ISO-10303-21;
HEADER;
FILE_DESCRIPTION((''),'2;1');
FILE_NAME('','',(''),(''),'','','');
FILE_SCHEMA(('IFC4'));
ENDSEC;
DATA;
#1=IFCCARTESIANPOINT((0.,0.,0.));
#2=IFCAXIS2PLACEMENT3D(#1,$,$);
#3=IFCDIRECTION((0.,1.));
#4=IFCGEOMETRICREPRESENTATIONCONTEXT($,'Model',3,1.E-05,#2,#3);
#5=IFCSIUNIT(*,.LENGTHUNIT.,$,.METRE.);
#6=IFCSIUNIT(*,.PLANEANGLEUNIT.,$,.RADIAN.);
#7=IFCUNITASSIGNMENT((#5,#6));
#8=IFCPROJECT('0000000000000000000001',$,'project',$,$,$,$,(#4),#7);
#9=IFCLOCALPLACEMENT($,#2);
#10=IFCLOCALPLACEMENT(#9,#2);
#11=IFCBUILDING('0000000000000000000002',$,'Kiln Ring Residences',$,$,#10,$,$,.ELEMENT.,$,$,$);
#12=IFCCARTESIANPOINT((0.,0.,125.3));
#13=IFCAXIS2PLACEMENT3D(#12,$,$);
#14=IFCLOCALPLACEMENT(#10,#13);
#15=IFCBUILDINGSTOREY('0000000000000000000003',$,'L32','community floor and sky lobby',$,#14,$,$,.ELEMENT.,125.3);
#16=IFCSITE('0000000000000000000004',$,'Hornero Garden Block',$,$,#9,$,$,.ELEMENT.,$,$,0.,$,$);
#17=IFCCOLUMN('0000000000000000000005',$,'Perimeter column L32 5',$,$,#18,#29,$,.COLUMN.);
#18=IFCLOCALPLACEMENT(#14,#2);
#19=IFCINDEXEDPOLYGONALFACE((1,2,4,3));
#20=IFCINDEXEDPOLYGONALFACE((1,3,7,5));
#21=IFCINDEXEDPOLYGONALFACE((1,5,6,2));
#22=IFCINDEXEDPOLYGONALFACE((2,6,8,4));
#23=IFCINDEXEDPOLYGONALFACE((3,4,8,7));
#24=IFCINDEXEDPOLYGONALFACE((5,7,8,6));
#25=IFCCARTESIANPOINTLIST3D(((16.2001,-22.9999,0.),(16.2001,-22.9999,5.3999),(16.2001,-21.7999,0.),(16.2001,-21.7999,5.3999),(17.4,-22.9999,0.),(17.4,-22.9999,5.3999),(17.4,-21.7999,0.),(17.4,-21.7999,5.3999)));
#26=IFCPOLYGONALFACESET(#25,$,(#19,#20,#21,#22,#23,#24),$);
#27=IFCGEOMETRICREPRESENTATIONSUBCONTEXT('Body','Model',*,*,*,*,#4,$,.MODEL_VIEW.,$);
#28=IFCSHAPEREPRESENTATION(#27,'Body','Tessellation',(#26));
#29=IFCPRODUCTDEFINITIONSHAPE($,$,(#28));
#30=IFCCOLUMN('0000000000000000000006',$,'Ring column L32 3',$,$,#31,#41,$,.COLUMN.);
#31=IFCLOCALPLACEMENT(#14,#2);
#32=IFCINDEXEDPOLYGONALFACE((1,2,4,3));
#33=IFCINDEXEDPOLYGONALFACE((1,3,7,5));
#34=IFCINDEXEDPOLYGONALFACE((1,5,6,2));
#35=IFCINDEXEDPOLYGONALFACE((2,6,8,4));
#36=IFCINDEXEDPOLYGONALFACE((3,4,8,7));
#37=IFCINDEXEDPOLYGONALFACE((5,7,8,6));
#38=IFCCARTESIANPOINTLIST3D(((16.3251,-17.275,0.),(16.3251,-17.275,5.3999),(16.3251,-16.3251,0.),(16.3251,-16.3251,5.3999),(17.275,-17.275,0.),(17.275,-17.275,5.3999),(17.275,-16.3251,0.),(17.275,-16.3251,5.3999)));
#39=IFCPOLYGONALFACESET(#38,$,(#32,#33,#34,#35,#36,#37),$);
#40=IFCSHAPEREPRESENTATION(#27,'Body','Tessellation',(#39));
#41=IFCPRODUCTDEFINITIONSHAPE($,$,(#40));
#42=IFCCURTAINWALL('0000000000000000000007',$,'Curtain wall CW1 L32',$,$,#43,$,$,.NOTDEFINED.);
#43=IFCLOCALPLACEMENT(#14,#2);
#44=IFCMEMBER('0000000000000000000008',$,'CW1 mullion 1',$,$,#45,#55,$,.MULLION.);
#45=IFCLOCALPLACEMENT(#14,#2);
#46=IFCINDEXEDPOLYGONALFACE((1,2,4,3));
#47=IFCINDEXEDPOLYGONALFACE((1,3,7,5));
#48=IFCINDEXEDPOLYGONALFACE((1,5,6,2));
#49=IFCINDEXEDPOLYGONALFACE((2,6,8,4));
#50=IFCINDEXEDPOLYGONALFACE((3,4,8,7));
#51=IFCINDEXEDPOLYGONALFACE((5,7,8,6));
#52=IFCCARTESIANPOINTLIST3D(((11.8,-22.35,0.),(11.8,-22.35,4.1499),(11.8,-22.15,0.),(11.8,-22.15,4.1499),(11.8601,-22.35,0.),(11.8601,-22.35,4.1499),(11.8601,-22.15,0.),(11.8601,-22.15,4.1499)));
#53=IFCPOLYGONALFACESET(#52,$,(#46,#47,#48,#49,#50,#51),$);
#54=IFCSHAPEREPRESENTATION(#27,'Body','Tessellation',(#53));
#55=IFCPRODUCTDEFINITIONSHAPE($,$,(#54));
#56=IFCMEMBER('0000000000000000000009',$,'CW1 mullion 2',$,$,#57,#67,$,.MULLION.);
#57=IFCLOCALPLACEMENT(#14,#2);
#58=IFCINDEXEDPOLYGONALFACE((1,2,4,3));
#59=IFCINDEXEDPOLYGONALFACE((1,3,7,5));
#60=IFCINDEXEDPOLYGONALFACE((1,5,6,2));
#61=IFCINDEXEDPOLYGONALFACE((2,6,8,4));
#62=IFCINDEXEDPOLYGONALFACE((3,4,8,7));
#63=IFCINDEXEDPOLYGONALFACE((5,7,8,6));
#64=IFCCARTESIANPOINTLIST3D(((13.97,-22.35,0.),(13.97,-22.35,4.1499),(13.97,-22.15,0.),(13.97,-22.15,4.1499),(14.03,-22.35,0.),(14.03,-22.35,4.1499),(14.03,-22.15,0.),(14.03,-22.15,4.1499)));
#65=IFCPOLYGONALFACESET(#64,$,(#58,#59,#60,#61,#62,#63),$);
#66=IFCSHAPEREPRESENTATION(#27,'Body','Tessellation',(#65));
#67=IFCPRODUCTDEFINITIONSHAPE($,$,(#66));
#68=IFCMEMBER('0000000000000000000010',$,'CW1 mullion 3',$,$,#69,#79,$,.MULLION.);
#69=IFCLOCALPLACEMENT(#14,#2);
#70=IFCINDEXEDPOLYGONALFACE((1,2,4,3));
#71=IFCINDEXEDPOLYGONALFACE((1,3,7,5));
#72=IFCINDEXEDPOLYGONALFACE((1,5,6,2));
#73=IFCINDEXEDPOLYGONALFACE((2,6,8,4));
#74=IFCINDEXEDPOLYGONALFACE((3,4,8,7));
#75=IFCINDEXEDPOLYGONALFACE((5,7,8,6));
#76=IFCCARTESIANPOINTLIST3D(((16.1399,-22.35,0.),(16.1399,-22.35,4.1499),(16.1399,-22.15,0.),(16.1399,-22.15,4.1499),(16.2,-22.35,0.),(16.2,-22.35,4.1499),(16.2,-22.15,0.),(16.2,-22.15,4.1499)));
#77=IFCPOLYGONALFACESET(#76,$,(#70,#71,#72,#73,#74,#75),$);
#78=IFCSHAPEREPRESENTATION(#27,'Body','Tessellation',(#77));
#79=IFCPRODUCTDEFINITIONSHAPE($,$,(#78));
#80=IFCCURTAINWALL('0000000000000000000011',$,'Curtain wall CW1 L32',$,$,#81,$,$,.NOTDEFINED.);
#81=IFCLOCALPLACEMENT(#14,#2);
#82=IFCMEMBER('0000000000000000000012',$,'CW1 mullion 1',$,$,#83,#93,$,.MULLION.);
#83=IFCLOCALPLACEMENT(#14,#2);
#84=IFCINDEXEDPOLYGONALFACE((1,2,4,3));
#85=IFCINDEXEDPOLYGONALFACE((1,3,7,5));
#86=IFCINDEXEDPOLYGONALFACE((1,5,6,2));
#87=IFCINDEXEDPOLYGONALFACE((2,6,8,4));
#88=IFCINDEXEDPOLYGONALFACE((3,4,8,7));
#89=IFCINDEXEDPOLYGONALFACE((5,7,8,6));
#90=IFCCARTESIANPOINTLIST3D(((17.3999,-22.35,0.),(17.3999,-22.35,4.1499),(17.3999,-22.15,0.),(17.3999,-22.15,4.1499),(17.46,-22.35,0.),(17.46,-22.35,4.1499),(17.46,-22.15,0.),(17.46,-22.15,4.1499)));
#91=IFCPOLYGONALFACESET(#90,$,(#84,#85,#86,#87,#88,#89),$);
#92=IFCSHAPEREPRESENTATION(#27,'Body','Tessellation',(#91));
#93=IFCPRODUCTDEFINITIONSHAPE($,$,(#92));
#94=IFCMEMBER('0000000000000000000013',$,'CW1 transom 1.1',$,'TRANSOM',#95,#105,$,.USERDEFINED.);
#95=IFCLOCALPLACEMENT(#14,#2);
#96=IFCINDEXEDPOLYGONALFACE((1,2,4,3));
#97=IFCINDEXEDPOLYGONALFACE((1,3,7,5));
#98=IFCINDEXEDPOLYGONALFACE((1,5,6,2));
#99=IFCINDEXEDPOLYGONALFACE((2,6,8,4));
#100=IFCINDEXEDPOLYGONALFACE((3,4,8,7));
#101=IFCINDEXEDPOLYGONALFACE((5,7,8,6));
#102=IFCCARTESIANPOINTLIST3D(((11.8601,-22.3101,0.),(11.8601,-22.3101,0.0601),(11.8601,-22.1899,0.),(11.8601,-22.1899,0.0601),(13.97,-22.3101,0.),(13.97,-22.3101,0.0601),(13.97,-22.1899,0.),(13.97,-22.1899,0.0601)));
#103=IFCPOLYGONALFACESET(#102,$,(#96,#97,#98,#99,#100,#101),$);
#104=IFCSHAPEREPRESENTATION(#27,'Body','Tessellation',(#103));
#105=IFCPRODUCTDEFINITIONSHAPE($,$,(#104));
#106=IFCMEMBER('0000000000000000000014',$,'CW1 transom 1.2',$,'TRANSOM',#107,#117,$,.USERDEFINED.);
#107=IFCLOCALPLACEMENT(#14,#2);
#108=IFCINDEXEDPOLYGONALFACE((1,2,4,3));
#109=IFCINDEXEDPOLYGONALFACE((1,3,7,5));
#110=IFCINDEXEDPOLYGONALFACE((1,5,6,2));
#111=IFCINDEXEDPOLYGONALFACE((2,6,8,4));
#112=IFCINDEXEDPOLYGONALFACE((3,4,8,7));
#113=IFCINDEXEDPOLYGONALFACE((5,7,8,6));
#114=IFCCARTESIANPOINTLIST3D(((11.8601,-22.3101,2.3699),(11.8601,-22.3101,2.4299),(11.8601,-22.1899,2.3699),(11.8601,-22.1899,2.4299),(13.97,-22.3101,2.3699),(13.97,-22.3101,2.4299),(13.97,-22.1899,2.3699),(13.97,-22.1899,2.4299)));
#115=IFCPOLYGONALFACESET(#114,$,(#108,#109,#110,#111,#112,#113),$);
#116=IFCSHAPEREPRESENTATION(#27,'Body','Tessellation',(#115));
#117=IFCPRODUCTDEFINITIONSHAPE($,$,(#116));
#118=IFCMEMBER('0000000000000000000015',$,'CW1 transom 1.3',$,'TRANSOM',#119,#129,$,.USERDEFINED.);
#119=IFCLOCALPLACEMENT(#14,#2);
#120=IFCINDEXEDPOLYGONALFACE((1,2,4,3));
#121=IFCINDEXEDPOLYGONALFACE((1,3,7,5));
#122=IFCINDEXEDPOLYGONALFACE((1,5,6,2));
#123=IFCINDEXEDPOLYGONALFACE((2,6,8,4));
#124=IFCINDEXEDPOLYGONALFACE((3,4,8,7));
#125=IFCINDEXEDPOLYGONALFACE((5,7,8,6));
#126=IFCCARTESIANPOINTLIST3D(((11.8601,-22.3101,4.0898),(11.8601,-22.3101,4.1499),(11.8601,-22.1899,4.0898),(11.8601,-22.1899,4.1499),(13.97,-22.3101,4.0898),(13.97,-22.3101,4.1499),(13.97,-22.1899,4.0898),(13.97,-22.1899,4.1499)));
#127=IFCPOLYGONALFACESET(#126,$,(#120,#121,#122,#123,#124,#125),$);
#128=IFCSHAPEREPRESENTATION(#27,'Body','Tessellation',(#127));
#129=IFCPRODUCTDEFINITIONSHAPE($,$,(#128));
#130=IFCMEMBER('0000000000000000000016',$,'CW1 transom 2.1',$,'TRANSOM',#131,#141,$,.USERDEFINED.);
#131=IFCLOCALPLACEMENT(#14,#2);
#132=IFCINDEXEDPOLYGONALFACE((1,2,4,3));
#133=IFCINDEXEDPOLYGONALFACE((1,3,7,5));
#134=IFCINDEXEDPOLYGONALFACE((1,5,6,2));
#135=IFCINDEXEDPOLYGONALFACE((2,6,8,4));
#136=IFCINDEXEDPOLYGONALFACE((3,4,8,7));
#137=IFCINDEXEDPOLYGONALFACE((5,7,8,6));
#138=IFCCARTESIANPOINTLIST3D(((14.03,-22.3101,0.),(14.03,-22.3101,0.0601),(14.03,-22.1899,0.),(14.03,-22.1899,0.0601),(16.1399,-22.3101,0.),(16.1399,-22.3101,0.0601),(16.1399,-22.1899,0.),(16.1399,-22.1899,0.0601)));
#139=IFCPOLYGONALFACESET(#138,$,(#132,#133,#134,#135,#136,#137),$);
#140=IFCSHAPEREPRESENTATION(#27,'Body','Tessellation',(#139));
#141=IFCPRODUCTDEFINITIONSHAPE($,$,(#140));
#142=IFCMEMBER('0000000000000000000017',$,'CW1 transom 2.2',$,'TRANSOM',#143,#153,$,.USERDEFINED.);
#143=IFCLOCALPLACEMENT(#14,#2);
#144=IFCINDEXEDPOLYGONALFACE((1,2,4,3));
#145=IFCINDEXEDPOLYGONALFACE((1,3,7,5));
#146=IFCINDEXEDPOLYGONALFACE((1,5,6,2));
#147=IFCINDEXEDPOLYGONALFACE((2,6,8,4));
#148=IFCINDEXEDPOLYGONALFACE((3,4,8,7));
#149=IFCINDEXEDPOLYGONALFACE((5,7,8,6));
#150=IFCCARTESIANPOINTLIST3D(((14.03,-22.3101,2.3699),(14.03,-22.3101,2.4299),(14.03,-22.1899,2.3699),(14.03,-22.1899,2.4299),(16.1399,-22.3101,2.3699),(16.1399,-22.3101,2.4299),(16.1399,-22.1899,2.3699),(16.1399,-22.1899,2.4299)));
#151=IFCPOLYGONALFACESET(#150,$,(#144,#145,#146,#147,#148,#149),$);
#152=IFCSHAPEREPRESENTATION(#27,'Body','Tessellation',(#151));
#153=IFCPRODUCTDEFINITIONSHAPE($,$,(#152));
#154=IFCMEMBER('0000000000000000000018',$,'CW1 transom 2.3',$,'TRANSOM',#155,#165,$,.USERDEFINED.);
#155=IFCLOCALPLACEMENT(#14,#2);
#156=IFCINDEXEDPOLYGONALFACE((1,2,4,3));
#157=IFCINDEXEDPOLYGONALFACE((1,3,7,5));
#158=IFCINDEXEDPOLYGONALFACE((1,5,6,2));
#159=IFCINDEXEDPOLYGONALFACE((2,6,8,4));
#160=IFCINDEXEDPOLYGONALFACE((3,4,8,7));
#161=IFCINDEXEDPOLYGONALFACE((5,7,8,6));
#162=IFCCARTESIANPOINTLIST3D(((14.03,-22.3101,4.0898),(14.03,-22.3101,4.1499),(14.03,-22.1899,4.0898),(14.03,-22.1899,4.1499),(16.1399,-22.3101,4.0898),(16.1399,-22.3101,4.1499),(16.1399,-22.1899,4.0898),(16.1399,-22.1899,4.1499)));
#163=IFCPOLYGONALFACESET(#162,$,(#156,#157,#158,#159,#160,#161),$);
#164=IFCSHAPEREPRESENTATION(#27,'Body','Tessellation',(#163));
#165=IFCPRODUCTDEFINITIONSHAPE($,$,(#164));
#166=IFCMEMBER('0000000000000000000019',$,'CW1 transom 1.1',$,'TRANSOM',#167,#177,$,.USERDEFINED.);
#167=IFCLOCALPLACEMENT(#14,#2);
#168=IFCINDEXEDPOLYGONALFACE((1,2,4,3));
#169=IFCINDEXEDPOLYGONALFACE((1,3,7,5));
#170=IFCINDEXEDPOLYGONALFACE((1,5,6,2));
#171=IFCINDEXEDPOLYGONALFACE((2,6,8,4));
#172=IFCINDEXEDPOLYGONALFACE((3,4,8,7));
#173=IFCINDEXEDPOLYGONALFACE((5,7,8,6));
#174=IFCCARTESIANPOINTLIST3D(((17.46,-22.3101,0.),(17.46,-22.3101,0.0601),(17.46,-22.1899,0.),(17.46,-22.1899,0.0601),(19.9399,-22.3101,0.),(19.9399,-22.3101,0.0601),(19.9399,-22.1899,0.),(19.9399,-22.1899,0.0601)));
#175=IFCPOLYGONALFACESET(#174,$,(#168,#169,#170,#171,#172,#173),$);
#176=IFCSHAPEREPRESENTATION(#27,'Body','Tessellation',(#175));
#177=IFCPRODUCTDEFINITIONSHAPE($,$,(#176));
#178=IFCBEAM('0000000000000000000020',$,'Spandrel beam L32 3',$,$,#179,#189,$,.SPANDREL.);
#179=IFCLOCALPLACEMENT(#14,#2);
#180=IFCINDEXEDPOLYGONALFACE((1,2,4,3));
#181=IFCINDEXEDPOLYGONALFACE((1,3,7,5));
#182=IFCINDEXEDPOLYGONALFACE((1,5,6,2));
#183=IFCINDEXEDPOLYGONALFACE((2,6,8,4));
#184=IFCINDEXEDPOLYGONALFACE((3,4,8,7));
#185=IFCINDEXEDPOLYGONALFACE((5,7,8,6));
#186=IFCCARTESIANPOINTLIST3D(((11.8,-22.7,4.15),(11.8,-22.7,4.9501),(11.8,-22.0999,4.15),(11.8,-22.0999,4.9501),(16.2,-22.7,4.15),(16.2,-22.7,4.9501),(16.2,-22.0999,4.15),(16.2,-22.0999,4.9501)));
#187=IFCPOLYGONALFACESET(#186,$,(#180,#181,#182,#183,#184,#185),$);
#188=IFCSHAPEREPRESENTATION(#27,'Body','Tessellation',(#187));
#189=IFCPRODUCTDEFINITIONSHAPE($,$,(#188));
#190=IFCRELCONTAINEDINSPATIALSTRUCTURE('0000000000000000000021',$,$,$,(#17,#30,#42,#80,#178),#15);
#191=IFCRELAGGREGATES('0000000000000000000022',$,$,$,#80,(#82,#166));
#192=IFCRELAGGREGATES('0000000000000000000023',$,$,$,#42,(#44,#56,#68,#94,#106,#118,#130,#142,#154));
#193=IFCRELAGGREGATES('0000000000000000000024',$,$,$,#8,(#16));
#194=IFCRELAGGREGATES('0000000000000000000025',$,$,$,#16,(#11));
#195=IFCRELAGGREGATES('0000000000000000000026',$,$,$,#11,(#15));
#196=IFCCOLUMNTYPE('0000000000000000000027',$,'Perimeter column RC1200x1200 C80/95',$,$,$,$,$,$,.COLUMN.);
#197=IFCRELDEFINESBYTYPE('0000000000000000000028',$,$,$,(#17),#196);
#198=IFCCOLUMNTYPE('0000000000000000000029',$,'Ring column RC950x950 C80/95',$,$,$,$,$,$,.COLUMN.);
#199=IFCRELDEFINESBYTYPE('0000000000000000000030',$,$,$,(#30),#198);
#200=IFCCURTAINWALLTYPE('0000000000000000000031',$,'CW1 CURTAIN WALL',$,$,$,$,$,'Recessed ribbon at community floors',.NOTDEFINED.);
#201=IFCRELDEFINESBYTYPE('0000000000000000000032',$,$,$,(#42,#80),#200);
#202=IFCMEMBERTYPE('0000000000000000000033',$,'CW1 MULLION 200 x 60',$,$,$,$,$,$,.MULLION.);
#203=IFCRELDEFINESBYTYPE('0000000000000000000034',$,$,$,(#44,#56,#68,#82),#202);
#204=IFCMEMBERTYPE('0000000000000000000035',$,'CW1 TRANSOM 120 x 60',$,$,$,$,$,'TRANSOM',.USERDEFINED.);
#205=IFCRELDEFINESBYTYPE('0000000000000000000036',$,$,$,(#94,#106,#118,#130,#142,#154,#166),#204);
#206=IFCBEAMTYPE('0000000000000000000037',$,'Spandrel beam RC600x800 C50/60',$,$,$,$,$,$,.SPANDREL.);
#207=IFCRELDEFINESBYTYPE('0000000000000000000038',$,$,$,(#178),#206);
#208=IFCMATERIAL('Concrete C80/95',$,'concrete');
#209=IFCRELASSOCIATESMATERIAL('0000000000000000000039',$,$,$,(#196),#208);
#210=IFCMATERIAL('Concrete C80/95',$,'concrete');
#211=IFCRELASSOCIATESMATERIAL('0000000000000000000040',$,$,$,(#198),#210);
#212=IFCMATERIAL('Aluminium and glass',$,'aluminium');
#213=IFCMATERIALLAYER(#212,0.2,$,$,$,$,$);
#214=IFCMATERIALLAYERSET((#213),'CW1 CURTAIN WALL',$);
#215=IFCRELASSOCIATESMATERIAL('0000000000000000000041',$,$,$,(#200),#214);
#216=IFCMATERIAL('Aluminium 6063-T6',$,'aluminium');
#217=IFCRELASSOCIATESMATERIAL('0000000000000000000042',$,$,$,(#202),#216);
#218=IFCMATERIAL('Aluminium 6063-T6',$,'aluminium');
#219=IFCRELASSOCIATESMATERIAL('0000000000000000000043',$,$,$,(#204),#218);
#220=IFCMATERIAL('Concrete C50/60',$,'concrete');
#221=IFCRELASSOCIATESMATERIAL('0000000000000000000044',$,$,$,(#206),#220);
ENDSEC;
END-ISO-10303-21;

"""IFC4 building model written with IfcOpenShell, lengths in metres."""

from ifc_helpers import new_model, si_unit, direction, frame, origin, origin_2d, place, context, subcontext, project, spatial, rectangle, extrude, material, layer, layer_set, material_profile, profile_set, type_object, element, aggregate, save


model = new_model("IFC4")

# Units and contexts
model_context = context("Model", 3, precision=1e-05, world=origin(), true_north=direction((0.0, 1.0)))
body_context = subcontext(model_context, "Body", "Model", "MODEL_VIEW")
ifc_project = project(units=[si_unit("LENGTHUNIT", "METRE"), si_unit("PLANEANGLEUNIT", "RADIAN")], contexts=[model_context])

# Site, building, storey
site_placement = place(None, origin())
site = spatial("IfcSite", under=ifc_project, at=site_placement, Name="Hornero Garden Block", CompositionType="ELEMENT", RefElevation=0.0)
building_placement = place(site_placement, origin())
building = spatial("IfcBuilding", under=site, at=building_placement, Name="Kiln Ring Residences", CompositionType="ELEMENT")
storey_placement = place(building_placement, frame((0.0, 0.0, 125.3)))
storey = spatial("IfcBuildingStorey", under=building, at=storey_placement, Name="L32", Description="community floor and sky lobby", CompositionType="ELEMENT", Elevation=125.3)

# Columns
ifc_material_1 = material(Name="Concrete C80/95", Category="concrete")
ifc_material_profile_1 = material_profile(ifc_material_1, rectangle(XDim=1.2, YDim=1.2, at=origin_2d()), Name="RC1200x1200")
ifc_profile_set_1 = profile_set([ifc_material_profile_1], Name="Concrete C80/95")
column_type_1 = type_object("IfcColumnType", Name="Perimeter column RC1200x1200 C80/95", PredefinedType="COLUMN", material=ifc_profile_set_1)
column_1_placement = place(storey_placement, frame((16.8, -22.3999, 0.0), z_axis=(0.0, 0.0, 1.0), x_axis=(1.0, 0.0, 0.0)))
element("IfcColumn", 1, at=column_1_placement, inside=storey, type_object=column_type_1, Name="Perimeter column L32 5", PredefinedType="COLUMN", context=body_context, shape_type="SweptSolid", body=[
    extrude(rectangle(XDim=1.2, YDim=1.2, at=origin_2d()), origin(), (0.0, 0.0, 1.0), 5.3999),
])
ifc_material_2 = material(Name="Concrete C80/95", Category="concrete")
ifc_material_profile_2 = material_profile(ifc_material_2, rectangle(XDim=0.95, YDim=0.95, at=origin_2d()), Name="RC950x950")
ifc_profile_set_2 = profile_set([ifc_material_profile_2], Name="Concrete C80/95")
column_type_2 = type_object("IfcColumnType", Name="Ring column RC950x950 C80/95", PredefinedType="COLUMN", material=ifc_profile_set_2)
column_2_placement = place(storey_placement, frame((16.8, -16.8, 0.0), z_axis=(0.0, 0.0, 1.0), x_axis=(1.0, 0.0, 0.0)))
element("IfcColumn", 2, at=column_2_placement, inside=storey, type_object=column_type_2, Name="Ring column L32 3", PredefinedType="COLUMN", context=body_context, shape_type="SweptSolid", body=[
    extrude(rectangle(XDim=0.95, YDim=0.95, at=origin_2d()), origin(), (0.0, 0.0, 1.0), 5.3999),
])

# Curtain wall, members
ifc_material_3 = material(Name="Aluminium and glass", Category="aluminium")
ifc_layer_1 = layer(ifc_material_3, 0.2)
ifc_layer_set_1 = layer_set([ifc_layer_1], Name="CW1 CURTAIN WALL")
curtain_wall_type = type_object("IfcCurtainWallType", Name="CW1 CURTAIN WALL", ElementType="Recessed ribbon at community floors", PredefinedType="NOTDEFINED", material=ifc_layer_set_1)
placement = place(storey_placement, origin())
curtain_wall_1 = element("IfcCurtainWall", 3, at=placement, inside=storey, type_object=curtain_wall_type, Name="Curtain wall CW1 L32", PredefinedType="NOTDEFINED")
ifc_material_4 = material(Name="Aluminium 6063-T6", Category="aluminium")
ifc_material_profile_3 = material_profile(ifc_material_4, rectangle(XDim=0.2, YDim=0.0601, at=origin_2d()), Name="AL 200x60")
ifc_profile_set_3 = profile_set([ifc_material_profile_3], Name="Aluminium 6063-T6")
member_type_1 = type_object("IfcMemberType", Name="CW1 MULLION 200 x 60", PredefinedType="MULLION", material=ifc_profile_set_3)
member_1_placement = place(storey_placement, frame((11.8301, -22.25, 0.0), z_axis=(0.0, 0.0, 1.0), x_axis=(0.0, 1.0, 0.0)))
member_1 = element("IfcMember", 4, at=member_1_placement, type_object=member_type_1, Name="CW1 mullion 1", PredefinedType="MULLION", context=body_context, shape_type="SweptSolid", body=[
    extrude(rectangle(XDim=0.2, YDim=0.0601, at=origin_2d()), origin(), (0.0, 0.0, 1.0), 4.1499),
])
member_2_placement = place(storey_placement, frame((14.0, -22.25, 0.0), z_axis=(0.0, 0.0, 1.0), x_axis=(0.0, 1.0, 0.0)))
member_2 = element("IfcMember", 5, at=member_2_placement, type_object=member_type_1, Name="CW1 mullion 2", PredefinedType="MULLION", context=body_context, shape_type="SweptSolid", body=[
    extrude(rectangle(XDim=0.2, YDim=0.0601, at=origin_2d()), origin(), (0.0, 0.0, 1.0), 4.1499),
])
member_3_placement = place(storey_placement, frame((16.1699, -22.25, 0.0), z_axis=(0.0, 0.0, 1.0), x_axis=(0.0, 1.0, 0.0)))
member_3 = element("IfcMember", 6, at=member_3_placement, type_object=member_type_1, Name="CW1 mullion 3", PredefinedType="MULLION", context=body_context, shape_type="SweptSolid", body=[
    extrude(rectangle(XDim=0.2, YDim=0.0601, at=origin_2d()), origin(), (0.0, 0.0, 1.0), 4.1499),
])

# Curtain wall, member
curtain_wall_2 = element("IfcCurtainWall", 7, at=placement, inside=storey, type_object=curtain_wall_type, Name="Curtain wall CW1 L32", PredefinedType="NOTDEFINED")
member_4_placement = place(storey_placement, frame((17.4299, -22.25, 0.0), z_axis=(0.0, 0.0, 1.0), x_axis=(0.0, 1.0, 0.0)))
member_4 = element("IfcMember", 8, at=member_4_placement, type_object=member_type_1, Name="CW1 mullion 1", PredefinedType="MULLION", context=body_context, shape_type="SweptSolid", body=[
    extrude(rectangle(XDim=0.2, YDim=0.0601, at=origin_2d()), origin(), (0.0, 0.0, 1.0), 4.1499),
])

# Members
ifc_material_5 = material(Name="Aluminium 6063-T6", Category="aluminium")
ifc_material_profile_4 = material_profile(ifc_material_5, rectangle(XDim=0.1201, YDim=0.0601, at=origin_2d()), Name="AL 120x60")
ifc_profile_set_4 = profile_set([ifc_material_profile_4], Name="Aluminium 6063-T6")
member_type_2 = type_object("IfcMemberType", Name="CW1 TRANSOM 120 x 60", ElementType="TRANSOM", PredefinedType="USERDEFINED", material=ifc_profile_set_4)
member_5_placement = place(storey_placement, frame((11.8601, -22.25, 0.03), z_axis=(1.0, 0.0, 0.0), x_axis=(0.0, 1.0, 0.0)))
member_5 = element("IfcMember", 9, at=member_5_placement, type_object=member_type_2, Name="CW1 transom 1.1", ObjectType="TRANSOM", PredefinedType="USERDEFINED", context=body_context, shape_type="SweptSolid", body=[
    extrude(rectangle(XDim=0.1201, YDim=0.0601, at=origin_2d()), origin(), (0.0, 0.0, 1.0), 2.1099),
])
member_6_placement = place(storey_placement, frame((11.8601, -22.25, 2.3999), z_axis=(1.0, 0.0, 0.0), x_axis=(0.0, 1.0, 0.0)))
member_6 = element("IfcMember", 10, at=member_6_placement, type_object=member_type_2, Name="CW1 transom 1.2", ObjectType="TRANSOM", PredefinedType="USERDEFINED", context=body_context, shape_type="SweptSolid", body=[
    extrude(rectangle(XDim=0.1201, YDim=0.0601, at=origin_2d()), origin(), (0.0, 0.0, 1.0), 2.1099),
])
member_7_placement = place(storey_placement, frame((11.8601, -22.25, 4.1199), z_axis=(1.0, 0.0, 0.0), x_axis=(0.0, 1.0, 0.0)))
member_7 = element("IfcMember", 11, at=member_7_placement, type_object=member_type_2, Name="CW1 transom 1.3", ObjectType="TRANSOM", PredefinedType="USERDEFINED", context=body_context, shape_type="SweptSolid", body=[
    extrude(rectangle(XDim=0.1201, YDim=0.0601, at=origin_2d()), origin(), (0.0, 0.0, 1.0), 2.1099),
])
member_8_placement = place(storey_placement, frame((14.03, -22.25, 0.03), z_axis=(1.0, 0.0, 0.0), x_axis=(0.0, 1.0, 0.0)))
member_8 = element("IfcMember", 12, at=member_8_placement, type_object=member_type_2, Name="CW1 transom 2.1", ObjectType="TRANSOM", PredefinedType="USERDEFINED", context=body_context, shape_type="SweptSolid", body=[
    extrude(rectangle(XDim=0.1201, YDim=0.0601, at=origin_2d()), origin(), (0.0, 0.0, 1.0), 2.1099),
])
member_9_placement = place(storey_placement, frame((14.03, -22.25, 2.3999), z_axis=(1.0, 0.0, 0.0), x_axis=(0.0, 1.0, 0.0)))
member_9 = element("IfcMember", 13, at=member_9_placement, type_object=member_type_2, Name="CW1 transom 2.2", ObjectType="TRANSOM", PredefinedType="USERDEFINED", context=body_context, shape_type="SweptSolid", body=[
    extrude(rectangle(XDim=0.1201, YDim=0.0601, at=origin_2d()), origin(), (0.0, 0.0, 1.0), 2.1099),
])
member_10_placement = place(storey_placement, frame((14.03, -22.25, 4.1199), z_axis=(1.0, 0.0, 0.0), x_axis=(0.0, 1.0, 0.0)))
member_10 = element("IfcMember", 14, at=member_10_placement, type_object=member_type_2, Name="CW1 transom 2.3", ObjectType="TRANSOM", PredefinedType="USERDEFINED", context=body_context, shape_type="SweptSolid", body=[
    extrude(rectangle(XDim=0.1201, YDim=0.0601, at=origin_2d()), origin(), (0.0, 0.0, 1.0), 2.1099),
])
member_11_placement = place(storey_placement, frame((17.46, -22.25, 0.03), z_axis=(1.0, 0.0, 0.0), x_axis=(0.0, 1.0, 0.0)))
member_11 = element("IfcMember", 15, at=member_11_placement, type_object=member_type_2, Name="CW1 transom 1.1", ObjectType="TRANSOM", PredefinedType="USERDEFINED", context=body_context, shape_type="SweptSolid", body=[
    extrude(rectangle(XDim=0.1201, YDim=0.0601, at=origin_2d()), origin(), (0.0, 0.0, 1.0), 2.48),
])
aggregate(curtain_wall_2, [member_4, member_11])

# Beam
ifc_material_6 = material(Name="Concrete C50/60", Category="concrete")
ifc_material_profile_5 = material_profile(ifc_material_6, rectangle(XDim=0.6001, YDim=0.8, at=origin_2d()), Name="RC600x800")
ifc_profile_set_5 = profile_set([ifc_material_profile_5], Name="Concrete C50/60")
beam_type = type_object("IfcBeamType", Name="Spandrel beam RC600x800 C50/60", PredefinedType="SPANDREL", material=ifc_profile_set_5)
beam_1_placement = place(storey_placement, frame((11.8, -22.3999, 4.55), z_axis=(1.0, 0.0, 0.0), x_axis=(0.0, 1.0, 0.0)))
element("IfcBeam", 16, at=beam_1_placement, inside=storey, type_object=beam_type, Name="Spandrel beam L32 3", PredefinedType="SPANDREL", context=body_context, shape_type="SweptSolid", body=[
    extrude(rectangle(XDim=0.6001, YDim=0.8, at=origin_2d()), origin(), (0.0, 0.0, 1.0), 4.3999),
])

aggregate(curtain_wall_1, [member_1, member_2, member_3, member_5, member_6, member_7, member_8, member_9, member_10])

save(model, "model.ifc")
